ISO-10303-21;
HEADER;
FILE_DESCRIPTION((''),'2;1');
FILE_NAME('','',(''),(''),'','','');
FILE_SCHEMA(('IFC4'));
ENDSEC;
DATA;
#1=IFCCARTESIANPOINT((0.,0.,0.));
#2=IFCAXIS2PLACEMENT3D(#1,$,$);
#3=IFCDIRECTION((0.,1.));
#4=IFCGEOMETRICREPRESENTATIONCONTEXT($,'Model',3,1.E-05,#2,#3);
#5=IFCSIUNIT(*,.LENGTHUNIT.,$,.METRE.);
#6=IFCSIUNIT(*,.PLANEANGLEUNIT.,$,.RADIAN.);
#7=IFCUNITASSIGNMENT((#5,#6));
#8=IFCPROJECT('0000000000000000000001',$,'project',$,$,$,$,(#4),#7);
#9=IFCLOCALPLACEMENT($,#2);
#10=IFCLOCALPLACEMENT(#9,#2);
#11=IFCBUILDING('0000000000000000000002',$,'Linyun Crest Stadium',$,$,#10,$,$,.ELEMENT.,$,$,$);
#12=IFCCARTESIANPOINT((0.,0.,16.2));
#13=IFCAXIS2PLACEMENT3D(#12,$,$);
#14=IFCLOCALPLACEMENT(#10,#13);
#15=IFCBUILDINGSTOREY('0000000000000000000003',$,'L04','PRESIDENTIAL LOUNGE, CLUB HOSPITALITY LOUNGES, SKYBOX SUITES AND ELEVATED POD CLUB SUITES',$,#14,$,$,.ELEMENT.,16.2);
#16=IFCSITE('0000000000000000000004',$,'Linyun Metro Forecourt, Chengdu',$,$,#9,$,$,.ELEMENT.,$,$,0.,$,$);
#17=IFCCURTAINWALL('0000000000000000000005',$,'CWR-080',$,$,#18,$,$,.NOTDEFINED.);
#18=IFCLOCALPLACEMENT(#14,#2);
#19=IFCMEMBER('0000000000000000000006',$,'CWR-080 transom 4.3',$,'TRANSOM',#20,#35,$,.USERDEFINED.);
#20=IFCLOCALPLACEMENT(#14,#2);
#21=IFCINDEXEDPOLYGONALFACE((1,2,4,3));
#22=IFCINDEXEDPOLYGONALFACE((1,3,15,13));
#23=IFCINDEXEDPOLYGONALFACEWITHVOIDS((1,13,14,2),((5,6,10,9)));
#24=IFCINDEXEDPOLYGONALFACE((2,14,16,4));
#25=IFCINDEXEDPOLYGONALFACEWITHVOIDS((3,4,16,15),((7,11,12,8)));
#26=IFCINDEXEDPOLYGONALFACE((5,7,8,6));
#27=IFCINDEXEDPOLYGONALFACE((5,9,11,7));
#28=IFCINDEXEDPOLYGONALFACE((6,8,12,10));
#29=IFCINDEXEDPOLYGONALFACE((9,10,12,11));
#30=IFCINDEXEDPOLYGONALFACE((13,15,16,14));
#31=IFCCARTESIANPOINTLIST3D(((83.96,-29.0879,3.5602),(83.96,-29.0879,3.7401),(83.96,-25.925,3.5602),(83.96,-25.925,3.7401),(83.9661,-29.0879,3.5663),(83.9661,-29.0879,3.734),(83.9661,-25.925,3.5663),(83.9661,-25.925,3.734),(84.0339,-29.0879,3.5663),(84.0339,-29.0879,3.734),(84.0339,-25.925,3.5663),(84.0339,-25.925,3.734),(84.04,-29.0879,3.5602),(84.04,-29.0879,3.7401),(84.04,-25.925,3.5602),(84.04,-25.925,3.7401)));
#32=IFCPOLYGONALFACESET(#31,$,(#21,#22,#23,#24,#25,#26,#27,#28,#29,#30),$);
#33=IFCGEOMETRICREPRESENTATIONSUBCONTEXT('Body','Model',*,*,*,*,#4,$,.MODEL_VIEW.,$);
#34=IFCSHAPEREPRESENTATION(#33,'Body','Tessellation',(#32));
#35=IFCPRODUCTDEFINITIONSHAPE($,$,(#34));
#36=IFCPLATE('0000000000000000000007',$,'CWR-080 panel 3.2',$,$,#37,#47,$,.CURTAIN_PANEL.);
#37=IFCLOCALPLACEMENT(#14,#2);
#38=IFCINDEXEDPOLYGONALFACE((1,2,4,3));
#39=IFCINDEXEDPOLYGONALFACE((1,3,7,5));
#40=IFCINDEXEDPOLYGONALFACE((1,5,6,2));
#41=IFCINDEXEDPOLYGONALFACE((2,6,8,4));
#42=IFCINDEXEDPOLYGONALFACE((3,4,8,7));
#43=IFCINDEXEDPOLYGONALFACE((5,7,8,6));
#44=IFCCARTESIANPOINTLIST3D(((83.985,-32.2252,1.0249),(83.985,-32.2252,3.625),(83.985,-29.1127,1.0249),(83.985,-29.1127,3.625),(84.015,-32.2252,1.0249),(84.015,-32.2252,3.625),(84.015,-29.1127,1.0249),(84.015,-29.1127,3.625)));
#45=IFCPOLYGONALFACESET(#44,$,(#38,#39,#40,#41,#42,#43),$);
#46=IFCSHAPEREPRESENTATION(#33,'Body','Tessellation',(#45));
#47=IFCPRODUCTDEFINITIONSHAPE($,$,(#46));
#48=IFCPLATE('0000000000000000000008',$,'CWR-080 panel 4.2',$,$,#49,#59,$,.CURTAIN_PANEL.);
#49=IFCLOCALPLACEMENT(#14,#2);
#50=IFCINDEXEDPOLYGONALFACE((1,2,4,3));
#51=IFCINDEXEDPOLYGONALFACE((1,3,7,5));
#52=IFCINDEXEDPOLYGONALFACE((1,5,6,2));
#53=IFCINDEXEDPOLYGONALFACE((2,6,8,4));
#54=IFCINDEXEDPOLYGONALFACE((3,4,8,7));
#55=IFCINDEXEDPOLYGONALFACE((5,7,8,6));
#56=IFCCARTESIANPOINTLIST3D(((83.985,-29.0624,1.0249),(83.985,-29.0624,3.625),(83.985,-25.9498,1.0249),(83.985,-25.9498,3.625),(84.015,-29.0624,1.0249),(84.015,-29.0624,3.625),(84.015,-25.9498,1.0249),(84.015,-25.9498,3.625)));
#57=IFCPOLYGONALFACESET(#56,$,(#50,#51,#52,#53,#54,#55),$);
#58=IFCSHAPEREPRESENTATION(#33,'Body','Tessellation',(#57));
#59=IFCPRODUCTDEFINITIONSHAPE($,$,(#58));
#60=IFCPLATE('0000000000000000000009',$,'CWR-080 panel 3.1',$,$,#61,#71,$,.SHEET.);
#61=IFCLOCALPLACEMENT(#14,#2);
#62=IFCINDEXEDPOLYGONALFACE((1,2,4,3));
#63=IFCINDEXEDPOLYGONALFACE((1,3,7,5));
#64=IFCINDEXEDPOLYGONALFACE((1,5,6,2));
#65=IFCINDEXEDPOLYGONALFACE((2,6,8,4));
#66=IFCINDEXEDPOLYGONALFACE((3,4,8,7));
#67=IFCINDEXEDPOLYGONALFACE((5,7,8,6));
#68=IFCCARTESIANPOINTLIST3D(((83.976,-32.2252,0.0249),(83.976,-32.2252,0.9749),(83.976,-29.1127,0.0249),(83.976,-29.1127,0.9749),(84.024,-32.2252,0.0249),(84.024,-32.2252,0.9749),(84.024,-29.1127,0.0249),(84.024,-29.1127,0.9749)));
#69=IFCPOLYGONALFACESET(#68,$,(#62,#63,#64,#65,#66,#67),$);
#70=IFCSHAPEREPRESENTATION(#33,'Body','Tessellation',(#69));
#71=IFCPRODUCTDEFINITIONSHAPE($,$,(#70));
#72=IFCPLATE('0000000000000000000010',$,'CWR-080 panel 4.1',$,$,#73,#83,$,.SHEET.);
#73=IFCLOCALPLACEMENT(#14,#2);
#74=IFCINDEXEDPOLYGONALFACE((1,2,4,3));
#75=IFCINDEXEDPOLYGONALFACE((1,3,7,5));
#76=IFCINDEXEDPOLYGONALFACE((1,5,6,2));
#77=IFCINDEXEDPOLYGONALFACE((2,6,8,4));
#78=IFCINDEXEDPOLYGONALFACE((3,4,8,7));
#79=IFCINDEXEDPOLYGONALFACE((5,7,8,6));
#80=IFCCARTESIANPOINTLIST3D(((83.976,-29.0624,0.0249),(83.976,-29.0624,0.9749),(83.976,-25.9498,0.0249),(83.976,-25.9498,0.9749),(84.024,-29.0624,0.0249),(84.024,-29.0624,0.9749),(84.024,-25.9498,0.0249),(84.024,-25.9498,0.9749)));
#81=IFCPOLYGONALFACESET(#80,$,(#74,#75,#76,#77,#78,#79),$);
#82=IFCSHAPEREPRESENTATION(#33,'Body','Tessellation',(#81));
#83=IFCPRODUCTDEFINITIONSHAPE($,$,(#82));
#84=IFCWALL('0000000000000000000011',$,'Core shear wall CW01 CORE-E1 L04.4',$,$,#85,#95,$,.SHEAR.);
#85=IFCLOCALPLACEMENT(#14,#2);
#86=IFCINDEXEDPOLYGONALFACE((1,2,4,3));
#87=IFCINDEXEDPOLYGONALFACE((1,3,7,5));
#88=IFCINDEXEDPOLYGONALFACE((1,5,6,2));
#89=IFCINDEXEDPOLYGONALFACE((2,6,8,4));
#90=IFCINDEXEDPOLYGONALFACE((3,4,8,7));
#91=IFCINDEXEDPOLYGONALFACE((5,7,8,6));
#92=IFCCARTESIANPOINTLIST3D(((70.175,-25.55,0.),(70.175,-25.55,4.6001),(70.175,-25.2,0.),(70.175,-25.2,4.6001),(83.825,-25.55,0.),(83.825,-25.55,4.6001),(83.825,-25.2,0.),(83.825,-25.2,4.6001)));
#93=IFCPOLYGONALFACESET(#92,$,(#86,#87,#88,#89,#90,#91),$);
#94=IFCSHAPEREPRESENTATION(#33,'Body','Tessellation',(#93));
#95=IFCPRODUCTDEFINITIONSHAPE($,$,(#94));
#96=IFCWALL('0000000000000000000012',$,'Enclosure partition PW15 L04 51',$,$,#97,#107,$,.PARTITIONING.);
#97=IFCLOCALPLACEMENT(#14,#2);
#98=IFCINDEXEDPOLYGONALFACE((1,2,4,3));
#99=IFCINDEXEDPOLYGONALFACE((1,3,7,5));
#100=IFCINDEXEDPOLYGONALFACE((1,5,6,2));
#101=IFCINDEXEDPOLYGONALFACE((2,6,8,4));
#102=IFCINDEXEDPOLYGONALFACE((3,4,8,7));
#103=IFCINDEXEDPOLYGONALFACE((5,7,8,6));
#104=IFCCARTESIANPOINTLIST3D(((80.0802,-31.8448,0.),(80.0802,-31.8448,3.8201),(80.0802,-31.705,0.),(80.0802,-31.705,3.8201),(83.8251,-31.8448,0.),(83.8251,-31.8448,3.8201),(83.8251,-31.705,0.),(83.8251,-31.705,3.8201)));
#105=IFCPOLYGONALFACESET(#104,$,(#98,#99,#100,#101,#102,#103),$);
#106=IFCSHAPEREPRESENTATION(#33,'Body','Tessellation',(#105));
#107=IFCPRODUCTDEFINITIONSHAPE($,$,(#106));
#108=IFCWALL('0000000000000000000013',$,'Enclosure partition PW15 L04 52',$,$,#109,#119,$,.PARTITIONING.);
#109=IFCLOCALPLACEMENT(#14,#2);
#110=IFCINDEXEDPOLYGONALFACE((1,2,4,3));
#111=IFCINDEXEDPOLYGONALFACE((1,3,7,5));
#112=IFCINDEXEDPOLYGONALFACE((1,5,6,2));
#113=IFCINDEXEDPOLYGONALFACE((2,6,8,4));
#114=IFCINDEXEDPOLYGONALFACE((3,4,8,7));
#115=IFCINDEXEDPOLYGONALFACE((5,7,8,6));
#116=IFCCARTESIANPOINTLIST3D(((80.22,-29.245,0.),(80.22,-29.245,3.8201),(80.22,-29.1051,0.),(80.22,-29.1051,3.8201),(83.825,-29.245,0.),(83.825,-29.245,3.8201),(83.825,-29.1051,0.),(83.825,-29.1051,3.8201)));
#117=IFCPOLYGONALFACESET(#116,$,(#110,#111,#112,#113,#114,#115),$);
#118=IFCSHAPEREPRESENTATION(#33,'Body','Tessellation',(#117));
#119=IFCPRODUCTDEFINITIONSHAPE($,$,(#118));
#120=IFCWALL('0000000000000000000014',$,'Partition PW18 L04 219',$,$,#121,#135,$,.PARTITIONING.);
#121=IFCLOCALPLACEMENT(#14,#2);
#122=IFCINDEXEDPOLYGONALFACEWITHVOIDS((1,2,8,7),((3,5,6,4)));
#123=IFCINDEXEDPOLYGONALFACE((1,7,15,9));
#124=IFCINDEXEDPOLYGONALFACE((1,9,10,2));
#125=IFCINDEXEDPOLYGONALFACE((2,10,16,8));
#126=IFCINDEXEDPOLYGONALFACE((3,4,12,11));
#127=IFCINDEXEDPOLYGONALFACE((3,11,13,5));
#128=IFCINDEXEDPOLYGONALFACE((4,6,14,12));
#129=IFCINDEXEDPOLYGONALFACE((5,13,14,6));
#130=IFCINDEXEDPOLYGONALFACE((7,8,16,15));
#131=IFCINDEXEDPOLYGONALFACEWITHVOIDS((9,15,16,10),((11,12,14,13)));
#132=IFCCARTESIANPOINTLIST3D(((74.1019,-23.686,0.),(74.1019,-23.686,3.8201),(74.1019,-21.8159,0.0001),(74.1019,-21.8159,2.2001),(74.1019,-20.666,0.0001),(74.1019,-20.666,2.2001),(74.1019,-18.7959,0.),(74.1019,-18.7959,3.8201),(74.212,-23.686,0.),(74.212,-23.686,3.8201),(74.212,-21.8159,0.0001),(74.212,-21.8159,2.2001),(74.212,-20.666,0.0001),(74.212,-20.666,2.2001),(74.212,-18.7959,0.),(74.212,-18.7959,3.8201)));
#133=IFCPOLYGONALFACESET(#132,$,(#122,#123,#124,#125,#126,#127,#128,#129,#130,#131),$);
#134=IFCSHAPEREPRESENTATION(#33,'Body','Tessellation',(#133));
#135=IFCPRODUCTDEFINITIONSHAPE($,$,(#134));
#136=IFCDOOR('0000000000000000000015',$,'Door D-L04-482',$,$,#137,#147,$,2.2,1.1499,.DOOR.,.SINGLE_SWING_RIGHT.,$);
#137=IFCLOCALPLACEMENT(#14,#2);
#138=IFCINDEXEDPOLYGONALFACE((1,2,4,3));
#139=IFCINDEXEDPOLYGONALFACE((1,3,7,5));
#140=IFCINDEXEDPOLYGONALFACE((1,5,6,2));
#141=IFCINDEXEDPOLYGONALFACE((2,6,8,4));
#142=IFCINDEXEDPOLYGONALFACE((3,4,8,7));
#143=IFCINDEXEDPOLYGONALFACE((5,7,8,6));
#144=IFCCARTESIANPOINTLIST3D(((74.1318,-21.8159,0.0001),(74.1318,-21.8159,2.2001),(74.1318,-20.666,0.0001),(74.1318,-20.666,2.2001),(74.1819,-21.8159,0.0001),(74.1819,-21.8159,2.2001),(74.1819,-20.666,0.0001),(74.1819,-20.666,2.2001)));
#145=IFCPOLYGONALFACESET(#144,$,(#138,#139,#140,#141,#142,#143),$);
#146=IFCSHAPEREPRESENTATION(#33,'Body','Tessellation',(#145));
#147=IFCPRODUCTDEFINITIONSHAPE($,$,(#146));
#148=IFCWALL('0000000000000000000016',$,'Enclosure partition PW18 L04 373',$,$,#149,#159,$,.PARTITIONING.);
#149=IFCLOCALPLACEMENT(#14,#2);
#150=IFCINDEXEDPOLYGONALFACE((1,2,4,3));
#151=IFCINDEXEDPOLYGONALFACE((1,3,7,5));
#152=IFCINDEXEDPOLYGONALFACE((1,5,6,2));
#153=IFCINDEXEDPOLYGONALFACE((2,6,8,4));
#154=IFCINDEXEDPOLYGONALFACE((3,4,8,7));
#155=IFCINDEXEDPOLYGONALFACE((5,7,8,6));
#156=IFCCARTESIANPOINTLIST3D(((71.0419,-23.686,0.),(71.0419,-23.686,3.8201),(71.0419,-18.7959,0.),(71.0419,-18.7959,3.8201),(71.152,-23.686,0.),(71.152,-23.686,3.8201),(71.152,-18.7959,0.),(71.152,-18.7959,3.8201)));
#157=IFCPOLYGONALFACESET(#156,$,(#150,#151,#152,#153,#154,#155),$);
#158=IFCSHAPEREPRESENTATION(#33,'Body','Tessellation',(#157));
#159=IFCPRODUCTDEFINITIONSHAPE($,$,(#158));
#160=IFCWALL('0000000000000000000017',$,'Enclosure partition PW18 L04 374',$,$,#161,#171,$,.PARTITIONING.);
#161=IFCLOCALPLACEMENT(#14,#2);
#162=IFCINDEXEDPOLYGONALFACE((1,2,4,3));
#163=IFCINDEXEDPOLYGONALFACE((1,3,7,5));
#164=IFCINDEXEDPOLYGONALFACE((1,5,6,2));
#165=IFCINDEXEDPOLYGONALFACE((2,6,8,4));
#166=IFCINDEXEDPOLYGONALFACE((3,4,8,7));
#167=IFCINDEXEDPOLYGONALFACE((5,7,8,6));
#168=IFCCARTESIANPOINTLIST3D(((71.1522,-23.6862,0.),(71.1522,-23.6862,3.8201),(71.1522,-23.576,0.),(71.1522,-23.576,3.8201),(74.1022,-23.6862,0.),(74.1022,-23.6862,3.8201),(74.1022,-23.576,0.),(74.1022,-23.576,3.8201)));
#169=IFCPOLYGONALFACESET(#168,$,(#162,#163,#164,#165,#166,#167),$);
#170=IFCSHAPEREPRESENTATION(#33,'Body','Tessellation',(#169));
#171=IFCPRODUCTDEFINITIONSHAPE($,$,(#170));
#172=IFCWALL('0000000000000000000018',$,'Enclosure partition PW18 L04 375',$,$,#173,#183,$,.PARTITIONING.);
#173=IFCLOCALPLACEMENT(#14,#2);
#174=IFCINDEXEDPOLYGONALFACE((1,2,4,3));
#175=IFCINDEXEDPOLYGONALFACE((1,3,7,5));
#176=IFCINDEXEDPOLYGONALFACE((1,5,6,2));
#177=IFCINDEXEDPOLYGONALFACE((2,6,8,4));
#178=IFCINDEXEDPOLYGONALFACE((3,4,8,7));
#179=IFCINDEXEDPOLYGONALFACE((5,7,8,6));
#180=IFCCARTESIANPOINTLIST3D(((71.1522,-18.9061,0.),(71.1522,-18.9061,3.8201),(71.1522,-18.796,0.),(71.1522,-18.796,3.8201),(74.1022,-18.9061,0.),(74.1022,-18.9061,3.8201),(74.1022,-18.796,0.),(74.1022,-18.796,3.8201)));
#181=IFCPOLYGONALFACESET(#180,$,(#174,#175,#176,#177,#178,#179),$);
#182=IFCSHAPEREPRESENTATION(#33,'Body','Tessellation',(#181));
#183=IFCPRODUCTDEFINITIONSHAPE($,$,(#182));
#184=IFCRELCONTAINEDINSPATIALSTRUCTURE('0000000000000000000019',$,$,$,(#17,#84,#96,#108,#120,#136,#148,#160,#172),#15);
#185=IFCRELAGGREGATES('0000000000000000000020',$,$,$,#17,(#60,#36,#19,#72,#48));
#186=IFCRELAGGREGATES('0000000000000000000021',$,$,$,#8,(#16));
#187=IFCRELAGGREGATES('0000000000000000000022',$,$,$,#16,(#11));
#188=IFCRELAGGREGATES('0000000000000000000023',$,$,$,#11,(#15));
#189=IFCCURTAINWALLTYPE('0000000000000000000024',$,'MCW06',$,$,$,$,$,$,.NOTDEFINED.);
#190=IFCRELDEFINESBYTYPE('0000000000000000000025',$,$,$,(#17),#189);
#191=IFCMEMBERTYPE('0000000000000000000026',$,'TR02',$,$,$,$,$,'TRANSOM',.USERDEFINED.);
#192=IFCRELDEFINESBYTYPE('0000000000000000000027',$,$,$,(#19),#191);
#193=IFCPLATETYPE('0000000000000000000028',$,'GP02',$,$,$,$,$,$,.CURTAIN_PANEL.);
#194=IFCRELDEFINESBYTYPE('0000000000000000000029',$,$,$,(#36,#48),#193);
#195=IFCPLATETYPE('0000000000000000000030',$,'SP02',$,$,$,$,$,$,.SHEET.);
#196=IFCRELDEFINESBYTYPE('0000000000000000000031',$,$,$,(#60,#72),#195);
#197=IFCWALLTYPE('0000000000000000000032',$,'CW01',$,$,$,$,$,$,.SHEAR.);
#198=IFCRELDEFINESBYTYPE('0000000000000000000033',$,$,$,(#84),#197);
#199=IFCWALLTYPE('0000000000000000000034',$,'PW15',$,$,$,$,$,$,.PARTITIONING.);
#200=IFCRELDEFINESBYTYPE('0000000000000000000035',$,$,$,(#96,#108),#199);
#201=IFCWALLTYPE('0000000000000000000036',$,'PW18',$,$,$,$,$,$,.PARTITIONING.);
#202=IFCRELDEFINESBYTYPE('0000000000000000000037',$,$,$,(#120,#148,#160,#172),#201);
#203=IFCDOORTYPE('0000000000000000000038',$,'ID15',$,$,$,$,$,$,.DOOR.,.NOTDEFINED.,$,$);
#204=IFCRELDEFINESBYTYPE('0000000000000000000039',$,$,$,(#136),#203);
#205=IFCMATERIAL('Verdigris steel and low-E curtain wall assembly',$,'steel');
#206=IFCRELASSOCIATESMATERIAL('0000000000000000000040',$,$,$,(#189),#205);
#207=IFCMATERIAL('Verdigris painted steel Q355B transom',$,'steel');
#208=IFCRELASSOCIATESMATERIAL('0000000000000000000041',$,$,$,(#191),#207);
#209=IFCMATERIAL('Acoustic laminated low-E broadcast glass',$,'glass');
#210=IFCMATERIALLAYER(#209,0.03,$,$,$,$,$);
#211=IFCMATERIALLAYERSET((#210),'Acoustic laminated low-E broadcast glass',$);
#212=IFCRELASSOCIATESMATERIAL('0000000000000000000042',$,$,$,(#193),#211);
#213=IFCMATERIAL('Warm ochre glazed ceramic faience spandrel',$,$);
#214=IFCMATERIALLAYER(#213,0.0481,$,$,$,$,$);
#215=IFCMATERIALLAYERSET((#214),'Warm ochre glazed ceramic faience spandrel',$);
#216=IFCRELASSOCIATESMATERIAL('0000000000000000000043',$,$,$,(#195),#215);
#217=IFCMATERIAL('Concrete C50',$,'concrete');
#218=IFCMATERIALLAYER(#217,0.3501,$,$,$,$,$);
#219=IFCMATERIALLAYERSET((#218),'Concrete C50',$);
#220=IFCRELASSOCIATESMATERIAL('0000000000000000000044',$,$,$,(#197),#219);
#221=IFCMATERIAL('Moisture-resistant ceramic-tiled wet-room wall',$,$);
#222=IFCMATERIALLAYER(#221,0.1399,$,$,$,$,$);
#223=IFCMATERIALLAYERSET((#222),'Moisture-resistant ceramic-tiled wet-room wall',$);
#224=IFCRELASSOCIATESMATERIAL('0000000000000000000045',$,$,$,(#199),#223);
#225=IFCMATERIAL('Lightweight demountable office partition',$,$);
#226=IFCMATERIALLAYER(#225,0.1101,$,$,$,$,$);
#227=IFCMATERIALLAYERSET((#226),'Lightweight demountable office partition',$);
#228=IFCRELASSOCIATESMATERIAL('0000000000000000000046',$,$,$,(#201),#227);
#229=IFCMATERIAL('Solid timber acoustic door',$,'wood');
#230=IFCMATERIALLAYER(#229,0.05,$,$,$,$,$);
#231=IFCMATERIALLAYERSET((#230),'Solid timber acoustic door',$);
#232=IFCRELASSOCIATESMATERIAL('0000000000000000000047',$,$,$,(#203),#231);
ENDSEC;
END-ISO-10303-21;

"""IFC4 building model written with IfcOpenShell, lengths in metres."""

from ifc_helpers import new_model, si_unit, direction, frame, frame_2d, origin, origin_2d, place, context, subcontext, project, spatial, rectangle, hollow_rectangle, extrude, material, layer, layer_set, material_profile, profile_set, type_object, element, fill, aggregate, save


model = new_model("IFC4")

# Units and contexts
model_context = context("Model", 3, precision=1e-05, world=origin(), true_north=direction((0.0, 1.0)))
body_context = subcontext(model_context, "Body", "Model", "MODEL_VIEW")
ifc_project = project(units=[si_unit("LENGTHUNIT", "METRE"), si_unit("PLANEANGLEUNIT", "RADIAN")], contexts=[model_context])

# Site, building, storey
site_placement = place(None, origin())
site = spatial("IfcSite", under=ifc_project, at=site_placement, Name="Linyun Metro Forecourt, Chengdu", CompositionType="ELEMENT", RefElevation=0.0)
building_placement = place(site_placement, origin())
building = spatial("IfcBuilding", under=site, at=building_placement, Name="Linyun Crest Stadium", CompositionType="ELEMENT")
storey_placement = place(building_placement, frame((0.0, 0.0, 16.2)))
storey = spatial("IfcBuildingStorey", under=building, at=storey_placement, Name="L04", Description="PRESIDENTIAL LOUNGE, CLUB HOSPITALITY LOUNGES, SKYBOX SUITES AND ELEVATED POD CLUB SUITES", CompositionType="ELEMENT", Elevation=16.2)

# Curtain wall
ifc_material_1 = material(Name="Verdigris steel and low-E curtain wall assembly", Category="steel")
curtain_wall_type = type_object("IfcCurtainWallType", Name="MCW06", PredefinedType="NOTDEFINED", material=ifc_material_1)
curtain_wall_1_placement = place(storey_placement, origin())
curtain_wall_1 = element("IfcCurtainWall", 1, at=curtain_wall_1_placement, inside=storey, type_object=curtain_wall_type, Name="CWR-080", PredefinedType="NOTDEFINED")

# Member
ifc_material_2 = material(Name="Verdigris painted steel Q355B transom", Category="steel")
ifc_material_profile_1 = material_profile(ifc_material_2, hollow_rectangle(XDim=0.0801, YDim=0.1799, WallThickness=0.0061, at=origin_2d()), Name="RHS 180x80x6")
ifc_profile_set_1 = profile_set([ifc_material_profile_1], Name="Verdigris painted steel Q355B transom")
member_type_1 = type_object("IfcMemberType", Name="TR02", ElementType="TRANSOM", PredefinedType="USERDEFINED", material=ifc_profile_set_1)
member_1_placement = place(storey_placement, frame((84.0, -29.0879, 3.6501), z_axis=(0.0, 1.0, 0.0), x_axis=(-1.0, 0.0, 0.0)))
member_1 = element("IfcMember", 2, at=member_1_placement, type_object=member_type_1, Name="CWR-080 transom 4.3", ObjectType="TRANSOM", PredefinedType="USERDEFINED", context=body_context, shape_type="SweptSolid", body=[
    extrude(hollow_rectangle(XDim=0.0801, YDim=0.1799, WallThickness=0.0061, at=origin_2d()), origin(), (0.0, 0.0, 1.0), 3.1628),
])

# Plates
ifc_material_3 = material(Name="Acoustic laminated low-E broadcast glass", Category="glass")
ifc_layer_1 = layer(ifc_material_3, 0.03)
ifc_layer_set_1 = layer_set([ifc_layer_1], Name="Acoustic laminated low-E broadcast glass")
plate_type_1 = type_object("IfcPlateType", Name="GP02", PredefinedType="CURTAIN_PANEL", material=ifc_layer_set_1)
plate_1_placement = place(storey_placement, frame((84.0, -30.6689, 1.0249), z_axis=(0.0, 0.0, 1.0), x_axis=(0.0, 1.0, 0.0)))
plate_1 = element("IfcPlate", 3, at=plate_1_placement, type_object=plate_type_1, Name="CWR-080 panel 3.2", PredefinedType="CURTAIN_PANEL", context=body_context, shape_type="SweptSolid", body=[
    extrude(rectangle(XDim=3.1125, YDim=0.03, at=origin_2d()), origin(), (0.0, 0.0, 1.0), 2.6001),
])
plate_2_placement = place(storey_placement, frame((84.0, -27.5061, 1.0249), z_axis=(0.0, 0.0, 1.0), x_axis=(0.0, 1.0, 0.0)))
plate_2 = element("IfcPlate", 4, at=plate_2_placement, type_object=plate_type_1, Name="CWR-080 panel 4.2", PredefinedType="CURTAIN_PANEL", context=body_context, shape_type="SweptSolid", body=[
    extrude(rectangle(XDim=3.1125, YDim=0.03, at=origin_2d()), origin(), (0.0, 0.0, 1.0), 2.6001),
])
ifc_material_4 = material(Name="Warm ochre glazed ceramic faience spandrel")
ifc_layer_2 = layer(ifc_material_4, 0.0481)
ifc_layer_set_2 = layer_set([ifc_layer_2], Name="Warm ochre glazed ceramic faience spandrel")
plate_type_2 = type_object("IfcPlateType", Name="SP02", PredefinedType="SHEET", material=ifc_layer_set_2)
plate_3_placement = place(storey_placement, frame((84.0, -30.6689, 0.0249), z_axis=(0.0, 0.0, 1.0), x_axis=(0.0, 1.0, 0.0)))
plate_3 = element("IfcPlate", 5, at=plate_3_placement, type_object=plate_type_2, Name="CWR-080 panel 3.1", PredefinedType="SHEET", context=body_context, shape_type="SweptSolid", body=[
    extrude(rectangle(XDim=3.1125, YDim=0.0481, at=origin_2d()), origin(), (0.0, 0.0, 1.0), 0.95),
])
plate_4_placement = place(storey_placement, frame((84.0, -27.5061, 0.0249), z_axis=(0.0, 0.0, 1.0), x_axis=(0.0, 1.0, 0.0)))
plate_4 = element("IfcPlate", 6, at=plate_4_placement, type_object=plate_type_2, Name="CWR-080 panel 4.1", PredefinedType="SHEET", context=body_context, shape_type="SweptSolid", body=[
    extrude(rectangle(XDim=3.1125, YDim=0.0481, at=origin_2d()), origin(), (0.0, 0.0, 1.0), 0.95),
])
aggregate(curtain_wall_1, [plate_3, plate_1, member_1, plate_4, plate_2])

# Wall
ifc_material_5 = material(Name="Concrete C50", Category="concrete")
ifc_layer_3 = layer(ifc_material_5, 0.3501)
ifc_layer_set_3 = layer_set([ifc_layer_3], Name="Concrete C50")
wall_type_1 = type_object("IfcWallType", Name="CW01", PredefinedType="SHEAR", material=ifc_layer_set_3)
wall_1_placement = place(storey_placement, frame((70.175, -25.375, 0.0), z_axis=(0.0, 0.0, 1.0), x_axis=(1.0, 0.0, 0.0)))
element("IfcWall", 7, at=wall_1_placement, inside=storey, type_object=wall_type_1, Name="Core shear wall CW01 CORE-E1 L04.4", PredefinedType="SHEAR", context=body_context, shape_type="SweptSolid", body=[
    extrude(rectangle(XDim=13.6499, YDim=0.3501, at=frame_2d((6.825, 0.0))), origin(), (0.0, 0.0, 1.0), 4.6001),
])

# Shared definitions
ifc_material_6 = material(Name="Moisture-resistant ceramic-tiled wet-room wall")
ifc_layer_4 = layer(ifc_material_6, 0.1399)
ifc_layer_set_4 = layer_set([ifc_layer_4], Name="Moisture-resistant ceramic-tiled wet-room wall")
wall_type_2 = type_object("IfcWallType", Name="PW15", PredefinedType="PARTITIONING", material=ifc_layer_set_4)

# Walls
wall_2_placement = place(storey_placement, frame((80.0801, -31.7749, 0.0), z_axis=(0.0, 0.0, 1.0), x_axis=(1.0, 0.0, 0.0)))
element("IfcWall", 8, at=wall_2_placement, inside=storey, type_object=wall_type_2, Name="Enclosure partition PW15 L04 51", PredefinedType="PARTITIONING", context=body_context, shape_type="SweptSolid", body=[
    extrude(rectangle(XDim=3.7449, YDim=0.1399, at=frame_2d((1.8726, 0.0))), origin(), (0.0, 0.0, 1.0), 3.8201),
])
wall_3_placement = place(storey_placement, frame((80.22, -29.175, 0.0), z_axis=(0.0, 0.0, 1.0), x_axis=(1.0, 0.0, 0.0)))
element("IfcWall", 9, at=wall_3_placement, inside=storey, type_object=wall_type_2, Name="Enclosure partition PW15 L04 52", PredefinedType="PARTITIONING", context=body_context, shape_type="SweptSolid", body=[
    extrude(rectangle(XDim=3.605, YDim=0.1399, at=frame_2d((1.8025, 0.0))), origin(), (0.0, 0.0, 1.0), 3.8201),
])

# Wall, opening, door
ifc_material_7 = material(Name="Lightweight demountable office partition")
ifc_layer_5 = layer(ifc_material_7, 0.1101)
ifc_layer_set_5 = layer_set([ifc_layer_5], Name="Lightweight demountable office partition")
wall_type_3 = type_object("IfcWallType", Name="PW18", PredefinedType="PARTITIONING", material=ifc_layer_set_5)
wall_4_placement = place(storey_placement, frame((74.157, -18.7959, 0.0), z_axis=(0.0, 0.0, 1.0), x_axis=(0.0, -1.0, 0.0)))
wall_4 = element("IfcWall", 10, at=wall_4_placement, inside=storey, type_object=wall_type_3, Name="Partition PW18 L04 219", PredefinedType="PARTITIONING", context=body_context, shape_type="SweptSolid", body=[
    extrude(rectangle(XDim=4.8901, YDim=0.1101, at=frame_2d((2.4451, 0.0))), origin(), (0.0, 0.0, 1.0), 3.8201),
])
opening_1_placement = place(wall_4_placement, frame((1.8701, 0.0, 0.0)))
opening_1 = element("IfcOpeningElement", 11, at=opening_1_placement, cuts=wall_4, PredefinedType="OPENING", context=body_context, shape_type="SweptSolid", body=[
    extrude(rectangle(XDim=1.1499, YDim=2.2, at=frame_2d((0.575, 1.1001))), frame((0.0, 0.0649, 0.0), z_axis=(0.0, -1.0, 0.0), x_axis=(1.0, 0.0, 0.0)), (0.0, 0.0, 1.0), 0.1301),
])
ifc_material_8 = material(Name="Solid timber acoustic door", Category="wood")
ifc_layer_6 = layer(ifc_material_8, 0.05)
ifc_layer_set_6 = layer_set([ifc_layer_6], Name="Solid timber acoustic door")
door_type_1 = type_object("IfcDoorType", Name="ID15", OperationType="NOTDEFINED", PredefinedType="DOOR", material=ifc_layer_set_6)
door_1_placement = place(opening_1_placement, origin())
door_1 = element("IfcDoor", 12, at=door_1_placement, inside=storey, type_object=door_type_1, Name="Door D-L04-482", OperationType="SINGLE_SWING_RIGHT", OverallHeight=2.2, OverallWidth=1.1499, PredefinedType="DOOR", context=body_context, shape_type="SweptSolid", body=[
    extrude(rectangle(XDim=1.1499, YDim=2.2, at=frame_2d((0.575, 1.1001))), frame((0.0, 0.0249, 0.0), z_axis=(0.0, -1.0, 0.0), x_axis=(1.0, 0.0, 0.0)), (0.0, 0.0, 1.0), 0.05),
])
fill(opening_1, door_1)

# Walls
wall_5_placement = place(storey_placement, frame((71.0969, -23.686, 0.0), z_axis=(0.0, 0.0, 1.0), x_axis=(0.0, 1.0, 0.0)))
element("IfcWall", 13, at=wall_5_placement, inside=storey, type_object=wall_type_3, Name="Enclosure partition PW18 L04 373", PredefinedType="PARTITIONING", context=body_context, shape_type="SweptSolid", body=[
    extrude(rectangle(XDim=4.8901, YDim=0.1101, at=frame_2d((2.4451, 0.0))), origin(), (0.0, 0.0, 1.0), 3.8201),
])
for number, where, z_axis, x_axis, name in (
    (14, (71.1521, -23.6311, 0.0), (0.0, 0.0, 1.0), (1.0, 0.0, 0.0), "Enclosure partition PW18 L04 374"),
    (15, (71.1521, -18.8511, 0.0), (0.0, 0.0, 1.0), (1.0, 0.0, 0.0), "Enclosure partition PW18 L04 375"),
):
    element("IfcWall", number, at=place(storey_placement, frame(where, z_axis=z_axis, x_axis=x_axis)), inside=storey, type_object=wall_type_3, Name=name, PredefinedType="PARTITIONING", context=body_context, shape_type="SweptSolid", body=[
        extrude(rectangle(XDim=2.95, YDim=0.1101, at=frame_2d((1.4751, 0.0))), origin(), (0.0, 0.0, 1.0), 3.8201),
    ])

save(model, "model.ifc")
